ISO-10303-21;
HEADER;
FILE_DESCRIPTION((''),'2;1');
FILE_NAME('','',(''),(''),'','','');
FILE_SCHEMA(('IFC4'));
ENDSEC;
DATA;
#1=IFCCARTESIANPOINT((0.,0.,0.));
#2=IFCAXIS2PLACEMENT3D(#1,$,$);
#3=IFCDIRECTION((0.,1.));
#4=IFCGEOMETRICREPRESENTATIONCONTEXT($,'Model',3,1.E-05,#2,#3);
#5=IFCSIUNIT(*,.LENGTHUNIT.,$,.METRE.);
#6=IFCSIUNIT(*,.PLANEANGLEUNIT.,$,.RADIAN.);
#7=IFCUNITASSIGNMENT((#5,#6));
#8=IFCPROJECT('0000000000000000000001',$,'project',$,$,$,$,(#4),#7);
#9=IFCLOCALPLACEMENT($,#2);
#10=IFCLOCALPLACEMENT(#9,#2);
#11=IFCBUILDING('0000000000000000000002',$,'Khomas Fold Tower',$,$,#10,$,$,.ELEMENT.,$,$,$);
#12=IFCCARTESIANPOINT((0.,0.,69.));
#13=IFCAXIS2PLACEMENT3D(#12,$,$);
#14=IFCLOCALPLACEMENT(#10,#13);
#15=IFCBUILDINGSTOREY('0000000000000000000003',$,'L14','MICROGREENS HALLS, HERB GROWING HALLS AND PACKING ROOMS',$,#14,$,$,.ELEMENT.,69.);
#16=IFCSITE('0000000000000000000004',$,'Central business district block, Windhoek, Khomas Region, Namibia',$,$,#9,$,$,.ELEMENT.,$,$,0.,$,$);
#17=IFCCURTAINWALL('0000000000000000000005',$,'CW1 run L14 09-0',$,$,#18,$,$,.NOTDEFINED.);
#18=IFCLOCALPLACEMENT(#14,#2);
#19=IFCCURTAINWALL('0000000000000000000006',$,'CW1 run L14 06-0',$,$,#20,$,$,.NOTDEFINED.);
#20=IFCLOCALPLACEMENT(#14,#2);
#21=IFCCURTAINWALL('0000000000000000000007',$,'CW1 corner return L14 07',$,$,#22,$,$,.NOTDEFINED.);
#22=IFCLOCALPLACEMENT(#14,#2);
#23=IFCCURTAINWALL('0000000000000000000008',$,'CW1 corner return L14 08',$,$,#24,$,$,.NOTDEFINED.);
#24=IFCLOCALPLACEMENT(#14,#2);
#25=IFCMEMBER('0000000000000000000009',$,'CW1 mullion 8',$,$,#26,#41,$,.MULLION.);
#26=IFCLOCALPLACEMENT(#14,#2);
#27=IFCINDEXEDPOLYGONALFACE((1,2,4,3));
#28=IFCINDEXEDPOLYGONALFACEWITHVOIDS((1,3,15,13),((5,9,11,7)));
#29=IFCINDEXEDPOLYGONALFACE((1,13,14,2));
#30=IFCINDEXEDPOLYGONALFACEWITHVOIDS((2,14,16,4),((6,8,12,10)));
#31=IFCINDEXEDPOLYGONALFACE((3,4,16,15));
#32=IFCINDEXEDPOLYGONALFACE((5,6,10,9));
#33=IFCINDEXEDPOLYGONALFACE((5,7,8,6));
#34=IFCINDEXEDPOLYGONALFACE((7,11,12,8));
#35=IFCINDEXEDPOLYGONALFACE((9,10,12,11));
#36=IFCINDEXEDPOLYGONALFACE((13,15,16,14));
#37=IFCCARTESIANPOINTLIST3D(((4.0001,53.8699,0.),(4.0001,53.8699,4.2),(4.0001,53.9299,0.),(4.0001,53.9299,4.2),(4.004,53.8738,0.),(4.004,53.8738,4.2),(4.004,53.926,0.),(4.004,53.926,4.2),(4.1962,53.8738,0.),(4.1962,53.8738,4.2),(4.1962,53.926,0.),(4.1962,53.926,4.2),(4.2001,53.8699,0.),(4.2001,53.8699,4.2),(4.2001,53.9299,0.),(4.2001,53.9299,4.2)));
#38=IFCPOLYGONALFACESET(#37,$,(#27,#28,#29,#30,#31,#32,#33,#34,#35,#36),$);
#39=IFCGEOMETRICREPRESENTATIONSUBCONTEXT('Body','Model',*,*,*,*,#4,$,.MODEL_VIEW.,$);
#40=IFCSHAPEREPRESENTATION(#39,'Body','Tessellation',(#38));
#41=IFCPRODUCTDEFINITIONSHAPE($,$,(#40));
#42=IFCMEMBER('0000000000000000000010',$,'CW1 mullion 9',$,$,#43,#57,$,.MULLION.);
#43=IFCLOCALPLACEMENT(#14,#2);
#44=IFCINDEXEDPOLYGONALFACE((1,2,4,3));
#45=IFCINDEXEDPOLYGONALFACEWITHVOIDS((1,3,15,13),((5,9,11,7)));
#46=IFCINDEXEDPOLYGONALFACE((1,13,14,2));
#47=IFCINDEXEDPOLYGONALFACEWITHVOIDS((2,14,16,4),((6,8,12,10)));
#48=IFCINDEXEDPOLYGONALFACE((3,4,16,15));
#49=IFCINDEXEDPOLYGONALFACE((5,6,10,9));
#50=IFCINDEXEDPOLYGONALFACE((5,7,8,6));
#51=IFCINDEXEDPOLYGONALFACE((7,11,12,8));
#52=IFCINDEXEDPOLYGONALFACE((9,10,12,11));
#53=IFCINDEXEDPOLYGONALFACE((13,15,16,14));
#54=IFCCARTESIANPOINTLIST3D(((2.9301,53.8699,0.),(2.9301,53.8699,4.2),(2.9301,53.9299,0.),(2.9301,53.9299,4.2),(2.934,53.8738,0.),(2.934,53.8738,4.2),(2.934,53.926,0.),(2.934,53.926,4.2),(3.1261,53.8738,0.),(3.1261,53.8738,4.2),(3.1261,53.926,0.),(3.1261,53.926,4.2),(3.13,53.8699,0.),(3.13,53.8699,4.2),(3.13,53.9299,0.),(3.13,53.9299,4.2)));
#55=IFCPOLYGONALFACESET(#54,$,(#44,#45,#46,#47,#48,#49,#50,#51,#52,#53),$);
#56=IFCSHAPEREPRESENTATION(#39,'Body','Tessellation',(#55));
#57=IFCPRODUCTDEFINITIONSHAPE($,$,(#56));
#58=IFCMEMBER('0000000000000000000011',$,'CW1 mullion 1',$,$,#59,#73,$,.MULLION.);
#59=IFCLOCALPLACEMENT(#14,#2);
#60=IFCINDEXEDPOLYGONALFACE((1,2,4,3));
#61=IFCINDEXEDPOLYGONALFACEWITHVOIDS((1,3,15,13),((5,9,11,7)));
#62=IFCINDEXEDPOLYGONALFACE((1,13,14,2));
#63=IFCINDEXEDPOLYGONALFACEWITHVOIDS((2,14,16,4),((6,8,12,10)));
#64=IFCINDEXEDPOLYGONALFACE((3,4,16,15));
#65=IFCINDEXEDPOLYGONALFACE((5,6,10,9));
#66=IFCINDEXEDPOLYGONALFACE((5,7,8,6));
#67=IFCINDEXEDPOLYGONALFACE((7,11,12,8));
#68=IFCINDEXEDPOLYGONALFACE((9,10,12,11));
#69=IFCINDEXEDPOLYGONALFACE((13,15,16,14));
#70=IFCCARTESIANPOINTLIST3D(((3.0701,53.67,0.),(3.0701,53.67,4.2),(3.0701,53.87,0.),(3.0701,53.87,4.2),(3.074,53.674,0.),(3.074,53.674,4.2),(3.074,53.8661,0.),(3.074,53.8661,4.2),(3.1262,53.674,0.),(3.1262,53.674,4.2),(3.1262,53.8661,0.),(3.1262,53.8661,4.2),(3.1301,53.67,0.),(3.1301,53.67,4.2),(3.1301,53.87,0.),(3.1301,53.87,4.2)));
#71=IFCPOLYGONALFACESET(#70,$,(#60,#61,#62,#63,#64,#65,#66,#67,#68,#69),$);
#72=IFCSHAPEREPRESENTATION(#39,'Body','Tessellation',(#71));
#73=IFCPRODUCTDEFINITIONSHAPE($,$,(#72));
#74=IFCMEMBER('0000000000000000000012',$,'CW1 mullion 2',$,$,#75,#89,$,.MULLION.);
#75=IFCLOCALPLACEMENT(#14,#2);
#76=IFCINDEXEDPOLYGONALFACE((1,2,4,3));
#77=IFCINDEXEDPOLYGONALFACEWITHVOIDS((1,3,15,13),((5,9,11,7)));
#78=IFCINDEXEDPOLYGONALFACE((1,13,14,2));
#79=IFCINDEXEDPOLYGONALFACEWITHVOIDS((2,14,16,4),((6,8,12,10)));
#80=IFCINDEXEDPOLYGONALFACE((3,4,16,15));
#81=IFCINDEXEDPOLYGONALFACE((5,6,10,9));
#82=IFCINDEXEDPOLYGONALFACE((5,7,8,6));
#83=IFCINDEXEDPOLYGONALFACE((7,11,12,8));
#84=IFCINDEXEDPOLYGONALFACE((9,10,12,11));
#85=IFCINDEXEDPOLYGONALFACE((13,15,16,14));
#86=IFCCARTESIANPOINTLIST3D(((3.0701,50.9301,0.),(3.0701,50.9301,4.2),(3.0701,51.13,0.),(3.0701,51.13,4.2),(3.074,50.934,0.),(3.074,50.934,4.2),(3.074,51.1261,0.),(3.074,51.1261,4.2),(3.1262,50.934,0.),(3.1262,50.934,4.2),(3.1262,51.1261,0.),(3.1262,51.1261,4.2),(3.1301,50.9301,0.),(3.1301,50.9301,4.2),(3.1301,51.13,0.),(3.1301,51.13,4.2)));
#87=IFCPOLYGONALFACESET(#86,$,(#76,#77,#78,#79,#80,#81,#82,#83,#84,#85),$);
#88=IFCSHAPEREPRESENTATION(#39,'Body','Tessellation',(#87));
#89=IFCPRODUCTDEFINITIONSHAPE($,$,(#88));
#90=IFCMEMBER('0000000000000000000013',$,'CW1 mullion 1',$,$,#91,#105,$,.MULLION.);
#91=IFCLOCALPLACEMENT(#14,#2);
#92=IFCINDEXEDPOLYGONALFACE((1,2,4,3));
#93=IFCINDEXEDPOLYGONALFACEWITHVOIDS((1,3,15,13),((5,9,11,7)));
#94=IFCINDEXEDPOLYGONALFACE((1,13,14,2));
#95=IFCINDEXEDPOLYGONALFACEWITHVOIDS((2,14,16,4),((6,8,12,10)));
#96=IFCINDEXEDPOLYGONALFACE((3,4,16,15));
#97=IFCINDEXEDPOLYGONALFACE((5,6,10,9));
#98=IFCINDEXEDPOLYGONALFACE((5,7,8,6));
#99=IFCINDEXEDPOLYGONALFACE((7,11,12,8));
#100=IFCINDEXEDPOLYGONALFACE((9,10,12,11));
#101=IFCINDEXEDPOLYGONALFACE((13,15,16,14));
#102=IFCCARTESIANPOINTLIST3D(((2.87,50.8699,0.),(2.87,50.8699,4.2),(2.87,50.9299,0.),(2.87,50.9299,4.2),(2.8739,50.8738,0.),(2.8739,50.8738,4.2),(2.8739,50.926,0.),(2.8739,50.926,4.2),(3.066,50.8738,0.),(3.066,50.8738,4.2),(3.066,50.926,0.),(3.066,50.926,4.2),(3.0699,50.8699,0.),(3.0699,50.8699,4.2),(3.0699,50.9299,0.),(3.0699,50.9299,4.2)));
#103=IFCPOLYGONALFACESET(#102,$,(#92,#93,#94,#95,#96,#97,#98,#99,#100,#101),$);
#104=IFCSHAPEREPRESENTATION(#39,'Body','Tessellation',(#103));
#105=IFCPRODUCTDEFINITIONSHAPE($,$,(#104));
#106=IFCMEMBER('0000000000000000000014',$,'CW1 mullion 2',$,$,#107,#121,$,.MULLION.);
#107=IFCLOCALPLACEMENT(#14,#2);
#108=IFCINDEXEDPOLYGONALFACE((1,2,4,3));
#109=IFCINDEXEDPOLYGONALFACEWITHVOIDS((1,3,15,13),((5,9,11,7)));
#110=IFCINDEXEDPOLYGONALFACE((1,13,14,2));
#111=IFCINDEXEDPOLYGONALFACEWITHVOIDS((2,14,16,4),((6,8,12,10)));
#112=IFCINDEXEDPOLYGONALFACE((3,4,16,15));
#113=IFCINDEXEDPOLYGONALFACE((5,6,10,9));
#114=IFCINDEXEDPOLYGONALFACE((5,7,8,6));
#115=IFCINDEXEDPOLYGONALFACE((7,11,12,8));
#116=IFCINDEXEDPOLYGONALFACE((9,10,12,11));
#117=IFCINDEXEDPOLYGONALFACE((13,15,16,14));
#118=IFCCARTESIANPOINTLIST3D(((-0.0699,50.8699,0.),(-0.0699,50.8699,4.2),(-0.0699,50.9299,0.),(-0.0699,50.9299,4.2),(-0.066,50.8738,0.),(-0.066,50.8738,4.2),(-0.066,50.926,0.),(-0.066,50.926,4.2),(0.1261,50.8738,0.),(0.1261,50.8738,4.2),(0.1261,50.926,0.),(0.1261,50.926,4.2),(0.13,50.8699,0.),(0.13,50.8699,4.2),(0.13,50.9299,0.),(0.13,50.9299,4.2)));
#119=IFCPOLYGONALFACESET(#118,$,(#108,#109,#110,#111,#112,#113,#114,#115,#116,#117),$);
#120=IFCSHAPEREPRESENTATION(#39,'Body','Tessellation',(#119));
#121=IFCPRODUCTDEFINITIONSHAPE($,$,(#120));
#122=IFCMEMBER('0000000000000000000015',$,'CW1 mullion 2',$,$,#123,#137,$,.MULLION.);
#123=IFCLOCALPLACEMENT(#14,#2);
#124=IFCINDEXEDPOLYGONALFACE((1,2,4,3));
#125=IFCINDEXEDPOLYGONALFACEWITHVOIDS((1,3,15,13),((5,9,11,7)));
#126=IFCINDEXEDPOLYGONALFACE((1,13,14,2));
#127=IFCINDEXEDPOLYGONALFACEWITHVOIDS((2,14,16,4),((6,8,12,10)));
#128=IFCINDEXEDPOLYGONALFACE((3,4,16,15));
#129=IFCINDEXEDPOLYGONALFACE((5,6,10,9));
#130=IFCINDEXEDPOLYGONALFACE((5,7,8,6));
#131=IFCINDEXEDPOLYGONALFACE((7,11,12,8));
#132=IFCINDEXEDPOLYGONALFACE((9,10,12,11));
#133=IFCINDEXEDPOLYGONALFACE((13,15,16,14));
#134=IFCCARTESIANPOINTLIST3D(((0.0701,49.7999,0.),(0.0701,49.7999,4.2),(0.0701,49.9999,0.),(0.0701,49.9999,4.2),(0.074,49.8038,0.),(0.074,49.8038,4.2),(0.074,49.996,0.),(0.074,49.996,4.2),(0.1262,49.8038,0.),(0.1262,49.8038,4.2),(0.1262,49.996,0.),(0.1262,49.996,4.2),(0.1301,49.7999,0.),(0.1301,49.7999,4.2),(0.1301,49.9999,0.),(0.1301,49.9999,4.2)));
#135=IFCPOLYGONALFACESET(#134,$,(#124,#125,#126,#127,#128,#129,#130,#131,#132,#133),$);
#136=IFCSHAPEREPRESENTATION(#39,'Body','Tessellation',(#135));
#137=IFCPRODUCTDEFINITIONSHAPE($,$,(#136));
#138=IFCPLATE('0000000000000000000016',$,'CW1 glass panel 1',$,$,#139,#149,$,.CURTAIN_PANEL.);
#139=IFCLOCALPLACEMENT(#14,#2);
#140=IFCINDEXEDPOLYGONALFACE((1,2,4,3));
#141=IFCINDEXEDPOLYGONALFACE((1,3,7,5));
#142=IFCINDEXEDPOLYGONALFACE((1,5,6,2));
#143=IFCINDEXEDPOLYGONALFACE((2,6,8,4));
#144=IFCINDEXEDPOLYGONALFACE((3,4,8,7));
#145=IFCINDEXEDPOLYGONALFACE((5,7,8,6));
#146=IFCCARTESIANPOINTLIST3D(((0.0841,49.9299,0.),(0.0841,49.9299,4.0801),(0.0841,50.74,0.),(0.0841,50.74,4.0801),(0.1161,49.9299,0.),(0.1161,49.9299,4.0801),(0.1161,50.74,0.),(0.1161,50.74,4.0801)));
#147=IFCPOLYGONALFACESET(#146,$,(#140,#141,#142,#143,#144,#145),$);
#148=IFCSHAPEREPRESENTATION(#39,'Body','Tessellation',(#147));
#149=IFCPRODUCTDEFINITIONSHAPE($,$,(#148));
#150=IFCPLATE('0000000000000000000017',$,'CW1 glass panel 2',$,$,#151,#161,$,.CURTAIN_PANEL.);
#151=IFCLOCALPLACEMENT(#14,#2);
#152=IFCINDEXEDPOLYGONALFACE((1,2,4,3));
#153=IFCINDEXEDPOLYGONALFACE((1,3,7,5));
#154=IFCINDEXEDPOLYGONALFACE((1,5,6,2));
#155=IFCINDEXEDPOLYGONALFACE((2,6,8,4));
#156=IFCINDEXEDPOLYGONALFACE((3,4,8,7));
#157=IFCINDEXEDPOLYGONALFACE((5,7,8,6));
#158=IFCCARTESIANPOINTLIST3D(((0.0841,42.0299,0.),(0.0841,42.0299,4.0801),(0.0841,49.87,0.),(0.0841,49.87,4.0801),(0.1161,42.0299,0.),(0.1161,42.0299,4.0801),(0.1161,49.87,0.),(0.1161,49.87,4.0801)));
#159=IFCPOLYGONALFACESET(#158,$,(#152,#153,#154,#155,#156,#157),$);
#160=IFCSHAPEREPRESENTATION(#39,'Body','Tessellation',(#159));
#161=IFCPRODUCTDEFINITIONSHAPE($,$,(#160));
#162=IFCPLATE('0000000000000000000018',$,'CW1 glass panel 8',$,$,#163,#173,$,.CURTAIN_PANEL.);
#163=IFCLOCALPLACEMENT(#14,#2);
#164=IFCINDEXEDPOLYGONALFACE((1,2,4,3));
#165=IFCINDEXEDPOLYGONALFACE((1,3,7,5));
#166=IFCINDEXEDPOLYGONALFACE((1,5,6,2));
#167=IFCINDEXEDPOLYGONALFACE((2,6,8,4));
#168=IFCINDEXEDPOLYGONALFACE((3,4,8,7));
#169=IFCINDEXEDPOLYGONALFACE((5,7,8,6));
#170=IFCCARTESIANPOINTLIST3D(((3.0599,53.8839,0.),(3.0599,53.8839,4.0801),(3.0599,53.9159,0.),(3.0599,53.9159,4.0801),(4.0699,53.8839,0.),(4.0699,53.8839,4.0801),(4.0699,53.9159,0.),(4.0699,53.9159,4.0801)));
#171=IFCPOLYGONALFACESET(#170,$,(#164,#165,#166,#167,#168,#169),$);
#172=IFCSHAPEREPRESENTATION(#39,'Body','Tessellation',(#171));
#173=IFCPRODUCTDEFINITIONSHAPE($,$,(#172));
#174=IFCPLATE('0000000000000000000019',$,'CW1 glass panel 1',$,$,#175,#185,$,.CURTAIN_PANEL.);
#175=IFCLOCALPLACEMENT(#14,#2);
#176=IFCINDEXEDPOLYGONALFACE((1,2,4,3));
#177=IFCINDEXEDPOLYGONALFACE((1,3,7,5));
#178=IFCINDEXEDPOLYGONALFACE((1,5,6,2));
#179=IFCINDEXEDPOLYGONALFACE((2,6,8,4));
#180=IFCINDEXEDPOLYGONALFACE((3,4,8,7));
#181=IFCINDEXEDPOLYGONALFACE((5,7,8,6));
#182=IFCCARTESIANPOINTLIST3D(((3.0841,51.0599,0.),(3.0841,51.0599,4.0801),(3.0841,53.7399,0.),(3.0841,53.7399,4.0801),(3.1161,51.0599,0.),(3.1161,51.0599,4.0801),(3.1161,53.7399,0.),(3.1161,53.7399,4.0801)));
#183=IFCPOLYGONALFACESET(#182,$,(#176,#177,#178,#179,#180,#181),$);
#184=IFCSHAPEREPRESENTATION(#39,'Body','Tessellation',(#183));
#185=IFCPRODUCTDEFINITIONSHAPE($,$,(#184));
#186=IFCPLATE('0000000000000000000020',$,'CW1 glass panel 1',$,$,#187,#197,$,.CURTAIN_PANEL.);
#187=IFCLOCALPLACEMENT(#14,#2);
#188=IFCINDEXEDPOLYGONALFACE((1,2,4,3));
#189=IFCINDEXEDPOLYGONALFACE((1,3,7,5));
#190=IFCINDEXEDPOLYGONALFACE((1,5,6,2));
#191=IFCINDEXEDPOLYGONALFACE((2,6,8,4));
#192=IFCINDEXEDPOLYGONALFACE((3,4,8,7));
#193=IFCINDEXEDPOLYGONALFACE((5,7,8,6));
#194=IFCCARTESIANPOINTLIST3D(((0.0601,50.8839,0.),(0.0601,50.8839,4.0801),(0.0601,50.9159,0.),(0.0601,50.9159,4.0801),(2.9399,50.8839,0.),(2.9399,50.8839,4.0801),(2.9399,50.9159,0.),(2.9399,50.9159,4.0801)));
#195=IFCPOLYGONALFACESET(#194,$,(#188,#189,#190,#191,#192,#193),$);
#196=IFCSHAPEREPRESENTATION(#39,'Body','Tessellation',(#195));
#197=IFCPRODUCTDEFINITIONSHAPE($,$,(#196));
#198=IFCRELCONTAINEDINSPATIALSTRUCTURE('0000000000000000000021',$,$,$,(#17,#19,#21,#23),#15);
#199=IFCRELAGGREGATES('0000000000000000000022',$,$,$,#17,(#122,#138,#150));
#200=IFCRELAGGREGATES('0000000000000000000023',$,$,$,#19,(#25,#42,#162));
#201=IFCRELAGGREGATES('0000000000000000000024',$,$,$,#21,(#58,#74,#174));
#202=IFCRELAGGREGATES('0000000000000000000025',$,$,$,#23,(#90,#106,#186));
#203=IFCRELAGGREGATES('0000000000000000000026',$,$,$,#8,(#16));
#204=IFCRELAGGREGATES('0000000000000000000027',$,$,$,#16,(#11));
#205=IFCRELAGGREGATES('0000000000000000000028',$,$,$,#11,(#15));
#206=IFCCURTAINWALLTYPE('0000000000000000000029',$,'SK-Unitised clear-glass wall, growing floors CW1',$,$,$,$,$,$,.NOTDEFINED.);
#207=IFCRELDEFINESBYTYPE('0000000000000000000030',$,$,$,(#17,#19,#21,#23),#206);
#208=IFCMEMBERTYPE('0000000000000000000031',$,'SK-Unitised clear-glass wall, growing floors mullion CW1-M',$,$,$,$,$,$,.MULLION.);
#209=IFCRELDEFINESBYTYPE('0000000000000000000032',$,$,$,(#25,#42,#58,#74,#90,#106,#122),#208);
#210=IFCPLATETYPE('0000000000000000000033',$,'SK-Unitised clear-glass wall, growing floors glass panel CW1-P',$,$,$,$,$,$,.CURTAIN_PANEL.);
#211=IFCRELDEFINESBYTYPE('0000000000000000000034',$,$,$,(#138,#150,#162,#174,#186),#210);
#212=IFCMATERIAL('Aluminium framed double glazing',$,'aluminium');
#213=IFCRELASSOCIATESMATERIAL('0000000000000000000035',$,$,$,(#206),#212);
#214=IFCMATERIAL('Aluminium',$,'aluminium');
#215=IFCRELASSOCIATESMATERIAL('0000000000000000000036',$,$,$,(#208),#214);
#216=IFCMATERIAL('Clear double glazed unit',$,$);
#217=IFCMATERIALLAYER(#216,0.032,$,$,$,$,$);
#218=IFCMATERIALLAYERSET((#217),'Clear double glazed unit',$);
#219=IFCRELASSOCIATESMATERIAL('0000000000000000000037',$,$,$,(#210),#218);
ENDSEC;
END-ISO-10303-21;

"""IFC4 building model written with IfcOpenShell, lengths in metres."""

from ifc_helpers import new_model, si_unit, direction, frame, origin, origin_2d, place, context, subcontext, project, spatial, rectangle, hollow_rectangle, extrude, source, transform, mapped, material, layer, layer_set, material_profile, profile_set, type_object, element, aggregate, save


model = new_model("IFC4")

# Units and contexts
model_context = context("Model", 3, precision=1e-05, world=origin(), true_north=direction((0.0, 1.0)))
body_context = subcontext(model_context, "Body", "Model", "MODEL_VIEW")
ifc_project = project(units=[si_unit("LENGTHUNIT", "METRE"), si_unit("PLANEANGLEUNIT", "RADIAN")], contexts=[model_context])

# Site, building, storey
site_placement = place(None, origin())
site = spatial("IfcSite", under=ifc_project, at=site_placement, Name="Central business district block, Windhoek, Khomas Region, Namibia", CompositionType="ELEMENT", RefElevation=0.0)
building_placement = place(site_placement, origin())
building = spatial("IfcBuilding", under=site, at=building_placement, Name="Khomas Fold Tower", CompositionType="ELEMENT")
storey_placement = place(building_placement, frame((0.0, 0.0, 69.0)))
storey = spatial("IfcBuildingStorey", under=building, at=storey_placement, Name="L14", Description="MICROGREENS HALLS, HERB GROWING HALLS AND PACKING ROOMS", CompositionType="ELEMENT", Elevation=69.0)

# Curtain wall
ifc_material_1 = material(Name="Aluminium framed double glazing", Category="aluminium")
curtain_wall_type = type_object("IfcCurtainWallType", Name="SK-Unitised clear-glass wall, growing floors CW1", PredefinedType="NOTDEFINED", material=ifc_material_1)
curtain_wall_1_placement = place(storey_placement, origin())
curtain_wall_1 = element("IfcCurtainWall", 1, at=curtain_wall_1_placement, inside=storey, type_object=curtain_wall_type, Name="CW1 run L14 09-0", PredefinedType="NOTDEFINED")

# Curtain walls
curtain_wall_2_placement = place(storey_placement, origin())
curtain_wall_2 = element("IfcCurtainWall", 2, at=curtain_wall_2_placement, inside=storey, type_object=curtain_wall_type, Name="CW1 run L14 06-0", PredefinedType="NOTDEFINED")
curtain_wall_3_placement = place(storey_placement, origin())
curtain_wall_3 = element("IfcCurtainWall", 3, at=curtain_wall_3_placement, inside=storey, type_object=curtain_wall_type, Name="CW1 corner return L14 07", PredefinedType="NOTDEFINED")
curtain_wall_4_placement = place(storey_placement, origin())
curtain_wall_4 = element("IfcCurtainWall", 4, at=curtain_wall_4_placement, inside=storey, type_object=curtain_wall_type, Name="CW1 corner return L14 08", PredefinedType="NOTDEFINED")

# Members
ifc_material_2 = material(Name="Aluminium", Category="aluminium")
ifc_material_profile_1 = material_profile(ifc_material_2, hollow_rectangle(XDim=0.0601, YDim=0.2, WallThickness=0.0039, at=origin_2d()), Name="SK-Unitised clear-glass wall, growing floors mullion CW1-M")
ifc_profile_set_1 = profile_set([ifc_material_profile_1], Name="Aluminium")
member_type_1 = type_object("IfcMemberType", Name="SK-Unitised clear-glass wall, growing floors mullion CW1-M", PredefinedType="MULLION", material=ifc_profile_set_1)
shared_shape_1 = source(origin(), body_context, "Body", "SweptSolid", [
    extrude(hollow_rectangle(XDim=0.0601, YDim=0.2, WallThickness=0.0039, at=origin_2d()), origin(), (0.0, 0.0, 1.0), 4.2),
])
member_1_placement = place(storey_placement, frame((4.1001, 53.8999, 0.0), z_axis=(0.0, 0.0, 1.0), x_axis=(0.0, -1.0, 0.0)))
member_1 = element("IfcMember", 5, at=member_1_placement, type_object=member_type_1, Name="CW1 mullion 8", PredefinedType="MULLION", context=body_context, shape_type="MappedRepresentation", body=[
    mapped(shared_shape_1, transform((0.0, 0.0, 0.0))),
])
member_2_placement = place(storey_placement, frame((3.03, 53.8999, 0.0), z_axis=(0.0, 0.0, 1.0), x_axis=(0.0, -1.0, 0.0)))
member_2 = element("IfcMember", 6, at=member_2_placement, type_object=member_type_1, Name="CW1 mullion 9", PredefinedType="MULLION", context=body_context, shape_type="MappedRepresentation", body=[
    mapped(shared_shape_1, transform((0.0, 0.0, 0.0))),
])
member_3_placement = place(storey_placement, frame((3.1001, 53.77, 0.0), z_axis=(0.0, 0.0, 1.0), x_axis=(1.0, 0.0, 0.0)))
member_3 = element("IfcMember", 7, at=member_3_placement, type_object=member_type_1, Name="CW1 mullion 1", PredefinedType="MULLION", context=body_context, shape_type="MappedRepresentation", body=[
    mapped(shared_shape_1, transform((0.0, 0.0, 0.0))),
])
member_4_placement = place(storey_placement, frame((3.1001, 51.03, 0.0), z_axis=(0.0, 0.0, 1.0), x_axis=(1.0, 0.0, 0.0)))
member_4 = element("IfcMember", 8, at=member_4_placement, type_object=member_type_1, Name="CW1 mullion 2", PredefinedType="MULLION", context=body_context, shape_type="MappedRepresentation", body=[
    mapped(shared_shape_1, transform((0.0, 0.0, 0.0))),
])
member_5_placement = place(storey_placement, frame((2.97, 50.8999, 0.0), z_axis=(0.0, 0.0, 1.0), x_axis=(0.0, -1.0, 0.0)))
member_5 = element("IfcMember", 9, at=member_5_placement, type_object=member_type_1, Name="CW1 mullion 1", PredefinedType="MULLION", context=body_context, shape_type="MappedRepresentation", body=[
    mapped(shared_shape_1, transform((0.0, 0.0, 0.0))),
])
member_6_placement = place(storey_placement, frame((0.03, 50.8999, 0.0), z_axis=(0.0, 0.0, 1.0), x_axis=(0.0, -1.0, 0.0)))
member_6 = element("IfcMember", 10, at=member_6_placement, type_object=member_type_1, Name="CW1 mullion 2", PredefinedType="MULLION", context=body_context, shape_type="MappedRepresentation", body=[
    mapped(shared_shape_1, transform((0.0, 0.0, 0.0))),
])
member_7_placement = place(storey_placement, frame((0.1001, 49.8999, 0.0), z_axis=(0.0, 0.0, 1.0), x_axis=(1.0, 0.0, 0.0)))
member_7 = element("IfcMember", 11, at=member_7_placement, type_object=member_type_1, Name="CW1 mullion 2", PredefinedType="MULLION", context=body_context, shape_type="MappedRepresentation", body=[
    mapped(shared_shape_1, transform((0.0, 0.0, 0.0))),
])

# Plates
ifc_material_3 = material(Name="Clear double glazed unit")
ifc_layer_1 = layer(ifc_material_3, 0.032)
ifc_layer_set_1 = layer_set([ifc_layer_1], Name="Clear double glazed unit")
plate_type = type_object("IfcPlateType", Name="SK-Unitised clear-glass wall, growing floors glass panel CW1-P", PredefinedType="CURTAIN_PANEL", material=ifc_layer_set_1)
shared_shape_2 = source(origin(), body_context, "Body", "SweptSolid", [
    extrude(rectangle(XDim=0.8101, YDim=0.032, at=origin_2d()), origin(), (0.0, 0.0, 1.0), 4.0801),
])
plate_1_placement = place(storey_placement, frame((0.1001, 50.335, 0.0), z_axis=(0.0, 0.0, 1.0), x_axis=(0.0, -1.0, 0.0)))
plate_1 = element("IfcPlate", 12, at=plate_1_placement, type_object=plate_type, Name="CW1 glass panel 1", PredefinedType="CURTAIN_PANEL", context=body_context, shape_type="MappedRepresentation", body=[
    mapped(shared_shape_2, transform((0.0, 0.0, 0.0))),
])
shared_shape_3 = source(origin(), body_context, "Body", "SweptSolid", [
    extrude(rectangle(XDim=7.8401, YDim=0.032, at=origin_2d()), origin(), (0.0, 0.0, 1.0), 4.0801),
])
plate_2_placement = place(storey_placement, frame((0.1001, 45.95, 0.0), z_axis=(0.0, 0.0, 1.0), x_axis=(0.0, -1.0, 0.0)))
plate_2 = element("IfcPlate", 13, at=plate_2_placement, type_object=plate_type, Name="CW1 glass panel 2", PredefinedType="CURTAIN_PANEL", context=body_context, shape_type="MappedRepresentation", body=[
    mapped(shared_shape_3, transform((0.0, 0.0, 0.0))),
])
aggregate(curtain_wall_1, [member_7, plate_1, plate_2])
shared_shape_4 = source(origin(), body_context, "Body", "SweptSolid", [
    extrude(rectangle(XDim=1.01, YDim=0.032, at=origin_2d()), origin(), (0.0, 0.0, 1.0), 4.0801),
])
plate_3_placement = place(storey_placement, frame((3.5649, 53.8999, 0.0), z_axis=(0.0, 0.0, 1.0), x_axis=(-1.0, 0.0, 0.0)))
plate_3 = element("IfcPlate", 14, at=plate_3_placement, type_object=plate_type, Name="CW1 glass panel 8", PredefinedType="CURTAIN_PANEL", context=body_context, shape_type="MappedRepresentation", body=[
    mapped(shared_shape_4, transform((0.0, 0.0, 0.0))),
])
aggregate(curtain_wall_2, [member_1, member_2, plate_3])
shared_shape_5 = source(origin(), body_context, "Body", "SweptSolid", [
    extrude(rectangle(XDim=2.6799, YDim=0.032, at=origin_2d()), origin(), (0.0, 0.0, 1.0), 4.0801),
])
plate_4_placement = place(storey_placement, frame((3.1001, 52.3999, 0.0), z_axis=(0.0, 0.0, 1.0), x_axis=(0.0, -1.0, 0.0)))
plate_4 = element("IfcPlate", 15, at=plate_4_placement, type_object=plate_type, Name="CW1 glass panel 1", PredefinedType="CURTAIN_PANEL", context=body_context, shape_type="MappedRepresentation", body=[
    mapped(shared_shape_5, transform((0.0, 0.0, 0.0))),
])
aggregate(curtain_wall_3, [member_3, member_4, plate_4])
shared_shape_6 = source(origin(), body_context, "Body", "SweptSolid", [
    extrude(rectangle(XDim=2.8799, YDim=0.032, at=origin_2d()), origin(), (0.0, 0.0, 1.0), 4.0801),
])
plate_5_placement = place(storey_placement, frame((1.5, 50.8999, 0.0), z_axis=(0.0, 0.0, 1.0), x_axis=(-1.0, 0.0, 0.0)))
plate_5 = element("IfcPlate", 16, at=plate_5_placement, type_object=plate_type, Name="CW1 glass panel 1", PredefinedType="CURTAIN_PANEL", context=body_context, shape_type="MappedRepresentation", body=[
    mapped(shared_shape_6, transform((0.0, 0.0, 0.0))),
])
aggregate(curtain_wall_4, [member_5, member_6, plate_5])

save(model, "model.ifc")
